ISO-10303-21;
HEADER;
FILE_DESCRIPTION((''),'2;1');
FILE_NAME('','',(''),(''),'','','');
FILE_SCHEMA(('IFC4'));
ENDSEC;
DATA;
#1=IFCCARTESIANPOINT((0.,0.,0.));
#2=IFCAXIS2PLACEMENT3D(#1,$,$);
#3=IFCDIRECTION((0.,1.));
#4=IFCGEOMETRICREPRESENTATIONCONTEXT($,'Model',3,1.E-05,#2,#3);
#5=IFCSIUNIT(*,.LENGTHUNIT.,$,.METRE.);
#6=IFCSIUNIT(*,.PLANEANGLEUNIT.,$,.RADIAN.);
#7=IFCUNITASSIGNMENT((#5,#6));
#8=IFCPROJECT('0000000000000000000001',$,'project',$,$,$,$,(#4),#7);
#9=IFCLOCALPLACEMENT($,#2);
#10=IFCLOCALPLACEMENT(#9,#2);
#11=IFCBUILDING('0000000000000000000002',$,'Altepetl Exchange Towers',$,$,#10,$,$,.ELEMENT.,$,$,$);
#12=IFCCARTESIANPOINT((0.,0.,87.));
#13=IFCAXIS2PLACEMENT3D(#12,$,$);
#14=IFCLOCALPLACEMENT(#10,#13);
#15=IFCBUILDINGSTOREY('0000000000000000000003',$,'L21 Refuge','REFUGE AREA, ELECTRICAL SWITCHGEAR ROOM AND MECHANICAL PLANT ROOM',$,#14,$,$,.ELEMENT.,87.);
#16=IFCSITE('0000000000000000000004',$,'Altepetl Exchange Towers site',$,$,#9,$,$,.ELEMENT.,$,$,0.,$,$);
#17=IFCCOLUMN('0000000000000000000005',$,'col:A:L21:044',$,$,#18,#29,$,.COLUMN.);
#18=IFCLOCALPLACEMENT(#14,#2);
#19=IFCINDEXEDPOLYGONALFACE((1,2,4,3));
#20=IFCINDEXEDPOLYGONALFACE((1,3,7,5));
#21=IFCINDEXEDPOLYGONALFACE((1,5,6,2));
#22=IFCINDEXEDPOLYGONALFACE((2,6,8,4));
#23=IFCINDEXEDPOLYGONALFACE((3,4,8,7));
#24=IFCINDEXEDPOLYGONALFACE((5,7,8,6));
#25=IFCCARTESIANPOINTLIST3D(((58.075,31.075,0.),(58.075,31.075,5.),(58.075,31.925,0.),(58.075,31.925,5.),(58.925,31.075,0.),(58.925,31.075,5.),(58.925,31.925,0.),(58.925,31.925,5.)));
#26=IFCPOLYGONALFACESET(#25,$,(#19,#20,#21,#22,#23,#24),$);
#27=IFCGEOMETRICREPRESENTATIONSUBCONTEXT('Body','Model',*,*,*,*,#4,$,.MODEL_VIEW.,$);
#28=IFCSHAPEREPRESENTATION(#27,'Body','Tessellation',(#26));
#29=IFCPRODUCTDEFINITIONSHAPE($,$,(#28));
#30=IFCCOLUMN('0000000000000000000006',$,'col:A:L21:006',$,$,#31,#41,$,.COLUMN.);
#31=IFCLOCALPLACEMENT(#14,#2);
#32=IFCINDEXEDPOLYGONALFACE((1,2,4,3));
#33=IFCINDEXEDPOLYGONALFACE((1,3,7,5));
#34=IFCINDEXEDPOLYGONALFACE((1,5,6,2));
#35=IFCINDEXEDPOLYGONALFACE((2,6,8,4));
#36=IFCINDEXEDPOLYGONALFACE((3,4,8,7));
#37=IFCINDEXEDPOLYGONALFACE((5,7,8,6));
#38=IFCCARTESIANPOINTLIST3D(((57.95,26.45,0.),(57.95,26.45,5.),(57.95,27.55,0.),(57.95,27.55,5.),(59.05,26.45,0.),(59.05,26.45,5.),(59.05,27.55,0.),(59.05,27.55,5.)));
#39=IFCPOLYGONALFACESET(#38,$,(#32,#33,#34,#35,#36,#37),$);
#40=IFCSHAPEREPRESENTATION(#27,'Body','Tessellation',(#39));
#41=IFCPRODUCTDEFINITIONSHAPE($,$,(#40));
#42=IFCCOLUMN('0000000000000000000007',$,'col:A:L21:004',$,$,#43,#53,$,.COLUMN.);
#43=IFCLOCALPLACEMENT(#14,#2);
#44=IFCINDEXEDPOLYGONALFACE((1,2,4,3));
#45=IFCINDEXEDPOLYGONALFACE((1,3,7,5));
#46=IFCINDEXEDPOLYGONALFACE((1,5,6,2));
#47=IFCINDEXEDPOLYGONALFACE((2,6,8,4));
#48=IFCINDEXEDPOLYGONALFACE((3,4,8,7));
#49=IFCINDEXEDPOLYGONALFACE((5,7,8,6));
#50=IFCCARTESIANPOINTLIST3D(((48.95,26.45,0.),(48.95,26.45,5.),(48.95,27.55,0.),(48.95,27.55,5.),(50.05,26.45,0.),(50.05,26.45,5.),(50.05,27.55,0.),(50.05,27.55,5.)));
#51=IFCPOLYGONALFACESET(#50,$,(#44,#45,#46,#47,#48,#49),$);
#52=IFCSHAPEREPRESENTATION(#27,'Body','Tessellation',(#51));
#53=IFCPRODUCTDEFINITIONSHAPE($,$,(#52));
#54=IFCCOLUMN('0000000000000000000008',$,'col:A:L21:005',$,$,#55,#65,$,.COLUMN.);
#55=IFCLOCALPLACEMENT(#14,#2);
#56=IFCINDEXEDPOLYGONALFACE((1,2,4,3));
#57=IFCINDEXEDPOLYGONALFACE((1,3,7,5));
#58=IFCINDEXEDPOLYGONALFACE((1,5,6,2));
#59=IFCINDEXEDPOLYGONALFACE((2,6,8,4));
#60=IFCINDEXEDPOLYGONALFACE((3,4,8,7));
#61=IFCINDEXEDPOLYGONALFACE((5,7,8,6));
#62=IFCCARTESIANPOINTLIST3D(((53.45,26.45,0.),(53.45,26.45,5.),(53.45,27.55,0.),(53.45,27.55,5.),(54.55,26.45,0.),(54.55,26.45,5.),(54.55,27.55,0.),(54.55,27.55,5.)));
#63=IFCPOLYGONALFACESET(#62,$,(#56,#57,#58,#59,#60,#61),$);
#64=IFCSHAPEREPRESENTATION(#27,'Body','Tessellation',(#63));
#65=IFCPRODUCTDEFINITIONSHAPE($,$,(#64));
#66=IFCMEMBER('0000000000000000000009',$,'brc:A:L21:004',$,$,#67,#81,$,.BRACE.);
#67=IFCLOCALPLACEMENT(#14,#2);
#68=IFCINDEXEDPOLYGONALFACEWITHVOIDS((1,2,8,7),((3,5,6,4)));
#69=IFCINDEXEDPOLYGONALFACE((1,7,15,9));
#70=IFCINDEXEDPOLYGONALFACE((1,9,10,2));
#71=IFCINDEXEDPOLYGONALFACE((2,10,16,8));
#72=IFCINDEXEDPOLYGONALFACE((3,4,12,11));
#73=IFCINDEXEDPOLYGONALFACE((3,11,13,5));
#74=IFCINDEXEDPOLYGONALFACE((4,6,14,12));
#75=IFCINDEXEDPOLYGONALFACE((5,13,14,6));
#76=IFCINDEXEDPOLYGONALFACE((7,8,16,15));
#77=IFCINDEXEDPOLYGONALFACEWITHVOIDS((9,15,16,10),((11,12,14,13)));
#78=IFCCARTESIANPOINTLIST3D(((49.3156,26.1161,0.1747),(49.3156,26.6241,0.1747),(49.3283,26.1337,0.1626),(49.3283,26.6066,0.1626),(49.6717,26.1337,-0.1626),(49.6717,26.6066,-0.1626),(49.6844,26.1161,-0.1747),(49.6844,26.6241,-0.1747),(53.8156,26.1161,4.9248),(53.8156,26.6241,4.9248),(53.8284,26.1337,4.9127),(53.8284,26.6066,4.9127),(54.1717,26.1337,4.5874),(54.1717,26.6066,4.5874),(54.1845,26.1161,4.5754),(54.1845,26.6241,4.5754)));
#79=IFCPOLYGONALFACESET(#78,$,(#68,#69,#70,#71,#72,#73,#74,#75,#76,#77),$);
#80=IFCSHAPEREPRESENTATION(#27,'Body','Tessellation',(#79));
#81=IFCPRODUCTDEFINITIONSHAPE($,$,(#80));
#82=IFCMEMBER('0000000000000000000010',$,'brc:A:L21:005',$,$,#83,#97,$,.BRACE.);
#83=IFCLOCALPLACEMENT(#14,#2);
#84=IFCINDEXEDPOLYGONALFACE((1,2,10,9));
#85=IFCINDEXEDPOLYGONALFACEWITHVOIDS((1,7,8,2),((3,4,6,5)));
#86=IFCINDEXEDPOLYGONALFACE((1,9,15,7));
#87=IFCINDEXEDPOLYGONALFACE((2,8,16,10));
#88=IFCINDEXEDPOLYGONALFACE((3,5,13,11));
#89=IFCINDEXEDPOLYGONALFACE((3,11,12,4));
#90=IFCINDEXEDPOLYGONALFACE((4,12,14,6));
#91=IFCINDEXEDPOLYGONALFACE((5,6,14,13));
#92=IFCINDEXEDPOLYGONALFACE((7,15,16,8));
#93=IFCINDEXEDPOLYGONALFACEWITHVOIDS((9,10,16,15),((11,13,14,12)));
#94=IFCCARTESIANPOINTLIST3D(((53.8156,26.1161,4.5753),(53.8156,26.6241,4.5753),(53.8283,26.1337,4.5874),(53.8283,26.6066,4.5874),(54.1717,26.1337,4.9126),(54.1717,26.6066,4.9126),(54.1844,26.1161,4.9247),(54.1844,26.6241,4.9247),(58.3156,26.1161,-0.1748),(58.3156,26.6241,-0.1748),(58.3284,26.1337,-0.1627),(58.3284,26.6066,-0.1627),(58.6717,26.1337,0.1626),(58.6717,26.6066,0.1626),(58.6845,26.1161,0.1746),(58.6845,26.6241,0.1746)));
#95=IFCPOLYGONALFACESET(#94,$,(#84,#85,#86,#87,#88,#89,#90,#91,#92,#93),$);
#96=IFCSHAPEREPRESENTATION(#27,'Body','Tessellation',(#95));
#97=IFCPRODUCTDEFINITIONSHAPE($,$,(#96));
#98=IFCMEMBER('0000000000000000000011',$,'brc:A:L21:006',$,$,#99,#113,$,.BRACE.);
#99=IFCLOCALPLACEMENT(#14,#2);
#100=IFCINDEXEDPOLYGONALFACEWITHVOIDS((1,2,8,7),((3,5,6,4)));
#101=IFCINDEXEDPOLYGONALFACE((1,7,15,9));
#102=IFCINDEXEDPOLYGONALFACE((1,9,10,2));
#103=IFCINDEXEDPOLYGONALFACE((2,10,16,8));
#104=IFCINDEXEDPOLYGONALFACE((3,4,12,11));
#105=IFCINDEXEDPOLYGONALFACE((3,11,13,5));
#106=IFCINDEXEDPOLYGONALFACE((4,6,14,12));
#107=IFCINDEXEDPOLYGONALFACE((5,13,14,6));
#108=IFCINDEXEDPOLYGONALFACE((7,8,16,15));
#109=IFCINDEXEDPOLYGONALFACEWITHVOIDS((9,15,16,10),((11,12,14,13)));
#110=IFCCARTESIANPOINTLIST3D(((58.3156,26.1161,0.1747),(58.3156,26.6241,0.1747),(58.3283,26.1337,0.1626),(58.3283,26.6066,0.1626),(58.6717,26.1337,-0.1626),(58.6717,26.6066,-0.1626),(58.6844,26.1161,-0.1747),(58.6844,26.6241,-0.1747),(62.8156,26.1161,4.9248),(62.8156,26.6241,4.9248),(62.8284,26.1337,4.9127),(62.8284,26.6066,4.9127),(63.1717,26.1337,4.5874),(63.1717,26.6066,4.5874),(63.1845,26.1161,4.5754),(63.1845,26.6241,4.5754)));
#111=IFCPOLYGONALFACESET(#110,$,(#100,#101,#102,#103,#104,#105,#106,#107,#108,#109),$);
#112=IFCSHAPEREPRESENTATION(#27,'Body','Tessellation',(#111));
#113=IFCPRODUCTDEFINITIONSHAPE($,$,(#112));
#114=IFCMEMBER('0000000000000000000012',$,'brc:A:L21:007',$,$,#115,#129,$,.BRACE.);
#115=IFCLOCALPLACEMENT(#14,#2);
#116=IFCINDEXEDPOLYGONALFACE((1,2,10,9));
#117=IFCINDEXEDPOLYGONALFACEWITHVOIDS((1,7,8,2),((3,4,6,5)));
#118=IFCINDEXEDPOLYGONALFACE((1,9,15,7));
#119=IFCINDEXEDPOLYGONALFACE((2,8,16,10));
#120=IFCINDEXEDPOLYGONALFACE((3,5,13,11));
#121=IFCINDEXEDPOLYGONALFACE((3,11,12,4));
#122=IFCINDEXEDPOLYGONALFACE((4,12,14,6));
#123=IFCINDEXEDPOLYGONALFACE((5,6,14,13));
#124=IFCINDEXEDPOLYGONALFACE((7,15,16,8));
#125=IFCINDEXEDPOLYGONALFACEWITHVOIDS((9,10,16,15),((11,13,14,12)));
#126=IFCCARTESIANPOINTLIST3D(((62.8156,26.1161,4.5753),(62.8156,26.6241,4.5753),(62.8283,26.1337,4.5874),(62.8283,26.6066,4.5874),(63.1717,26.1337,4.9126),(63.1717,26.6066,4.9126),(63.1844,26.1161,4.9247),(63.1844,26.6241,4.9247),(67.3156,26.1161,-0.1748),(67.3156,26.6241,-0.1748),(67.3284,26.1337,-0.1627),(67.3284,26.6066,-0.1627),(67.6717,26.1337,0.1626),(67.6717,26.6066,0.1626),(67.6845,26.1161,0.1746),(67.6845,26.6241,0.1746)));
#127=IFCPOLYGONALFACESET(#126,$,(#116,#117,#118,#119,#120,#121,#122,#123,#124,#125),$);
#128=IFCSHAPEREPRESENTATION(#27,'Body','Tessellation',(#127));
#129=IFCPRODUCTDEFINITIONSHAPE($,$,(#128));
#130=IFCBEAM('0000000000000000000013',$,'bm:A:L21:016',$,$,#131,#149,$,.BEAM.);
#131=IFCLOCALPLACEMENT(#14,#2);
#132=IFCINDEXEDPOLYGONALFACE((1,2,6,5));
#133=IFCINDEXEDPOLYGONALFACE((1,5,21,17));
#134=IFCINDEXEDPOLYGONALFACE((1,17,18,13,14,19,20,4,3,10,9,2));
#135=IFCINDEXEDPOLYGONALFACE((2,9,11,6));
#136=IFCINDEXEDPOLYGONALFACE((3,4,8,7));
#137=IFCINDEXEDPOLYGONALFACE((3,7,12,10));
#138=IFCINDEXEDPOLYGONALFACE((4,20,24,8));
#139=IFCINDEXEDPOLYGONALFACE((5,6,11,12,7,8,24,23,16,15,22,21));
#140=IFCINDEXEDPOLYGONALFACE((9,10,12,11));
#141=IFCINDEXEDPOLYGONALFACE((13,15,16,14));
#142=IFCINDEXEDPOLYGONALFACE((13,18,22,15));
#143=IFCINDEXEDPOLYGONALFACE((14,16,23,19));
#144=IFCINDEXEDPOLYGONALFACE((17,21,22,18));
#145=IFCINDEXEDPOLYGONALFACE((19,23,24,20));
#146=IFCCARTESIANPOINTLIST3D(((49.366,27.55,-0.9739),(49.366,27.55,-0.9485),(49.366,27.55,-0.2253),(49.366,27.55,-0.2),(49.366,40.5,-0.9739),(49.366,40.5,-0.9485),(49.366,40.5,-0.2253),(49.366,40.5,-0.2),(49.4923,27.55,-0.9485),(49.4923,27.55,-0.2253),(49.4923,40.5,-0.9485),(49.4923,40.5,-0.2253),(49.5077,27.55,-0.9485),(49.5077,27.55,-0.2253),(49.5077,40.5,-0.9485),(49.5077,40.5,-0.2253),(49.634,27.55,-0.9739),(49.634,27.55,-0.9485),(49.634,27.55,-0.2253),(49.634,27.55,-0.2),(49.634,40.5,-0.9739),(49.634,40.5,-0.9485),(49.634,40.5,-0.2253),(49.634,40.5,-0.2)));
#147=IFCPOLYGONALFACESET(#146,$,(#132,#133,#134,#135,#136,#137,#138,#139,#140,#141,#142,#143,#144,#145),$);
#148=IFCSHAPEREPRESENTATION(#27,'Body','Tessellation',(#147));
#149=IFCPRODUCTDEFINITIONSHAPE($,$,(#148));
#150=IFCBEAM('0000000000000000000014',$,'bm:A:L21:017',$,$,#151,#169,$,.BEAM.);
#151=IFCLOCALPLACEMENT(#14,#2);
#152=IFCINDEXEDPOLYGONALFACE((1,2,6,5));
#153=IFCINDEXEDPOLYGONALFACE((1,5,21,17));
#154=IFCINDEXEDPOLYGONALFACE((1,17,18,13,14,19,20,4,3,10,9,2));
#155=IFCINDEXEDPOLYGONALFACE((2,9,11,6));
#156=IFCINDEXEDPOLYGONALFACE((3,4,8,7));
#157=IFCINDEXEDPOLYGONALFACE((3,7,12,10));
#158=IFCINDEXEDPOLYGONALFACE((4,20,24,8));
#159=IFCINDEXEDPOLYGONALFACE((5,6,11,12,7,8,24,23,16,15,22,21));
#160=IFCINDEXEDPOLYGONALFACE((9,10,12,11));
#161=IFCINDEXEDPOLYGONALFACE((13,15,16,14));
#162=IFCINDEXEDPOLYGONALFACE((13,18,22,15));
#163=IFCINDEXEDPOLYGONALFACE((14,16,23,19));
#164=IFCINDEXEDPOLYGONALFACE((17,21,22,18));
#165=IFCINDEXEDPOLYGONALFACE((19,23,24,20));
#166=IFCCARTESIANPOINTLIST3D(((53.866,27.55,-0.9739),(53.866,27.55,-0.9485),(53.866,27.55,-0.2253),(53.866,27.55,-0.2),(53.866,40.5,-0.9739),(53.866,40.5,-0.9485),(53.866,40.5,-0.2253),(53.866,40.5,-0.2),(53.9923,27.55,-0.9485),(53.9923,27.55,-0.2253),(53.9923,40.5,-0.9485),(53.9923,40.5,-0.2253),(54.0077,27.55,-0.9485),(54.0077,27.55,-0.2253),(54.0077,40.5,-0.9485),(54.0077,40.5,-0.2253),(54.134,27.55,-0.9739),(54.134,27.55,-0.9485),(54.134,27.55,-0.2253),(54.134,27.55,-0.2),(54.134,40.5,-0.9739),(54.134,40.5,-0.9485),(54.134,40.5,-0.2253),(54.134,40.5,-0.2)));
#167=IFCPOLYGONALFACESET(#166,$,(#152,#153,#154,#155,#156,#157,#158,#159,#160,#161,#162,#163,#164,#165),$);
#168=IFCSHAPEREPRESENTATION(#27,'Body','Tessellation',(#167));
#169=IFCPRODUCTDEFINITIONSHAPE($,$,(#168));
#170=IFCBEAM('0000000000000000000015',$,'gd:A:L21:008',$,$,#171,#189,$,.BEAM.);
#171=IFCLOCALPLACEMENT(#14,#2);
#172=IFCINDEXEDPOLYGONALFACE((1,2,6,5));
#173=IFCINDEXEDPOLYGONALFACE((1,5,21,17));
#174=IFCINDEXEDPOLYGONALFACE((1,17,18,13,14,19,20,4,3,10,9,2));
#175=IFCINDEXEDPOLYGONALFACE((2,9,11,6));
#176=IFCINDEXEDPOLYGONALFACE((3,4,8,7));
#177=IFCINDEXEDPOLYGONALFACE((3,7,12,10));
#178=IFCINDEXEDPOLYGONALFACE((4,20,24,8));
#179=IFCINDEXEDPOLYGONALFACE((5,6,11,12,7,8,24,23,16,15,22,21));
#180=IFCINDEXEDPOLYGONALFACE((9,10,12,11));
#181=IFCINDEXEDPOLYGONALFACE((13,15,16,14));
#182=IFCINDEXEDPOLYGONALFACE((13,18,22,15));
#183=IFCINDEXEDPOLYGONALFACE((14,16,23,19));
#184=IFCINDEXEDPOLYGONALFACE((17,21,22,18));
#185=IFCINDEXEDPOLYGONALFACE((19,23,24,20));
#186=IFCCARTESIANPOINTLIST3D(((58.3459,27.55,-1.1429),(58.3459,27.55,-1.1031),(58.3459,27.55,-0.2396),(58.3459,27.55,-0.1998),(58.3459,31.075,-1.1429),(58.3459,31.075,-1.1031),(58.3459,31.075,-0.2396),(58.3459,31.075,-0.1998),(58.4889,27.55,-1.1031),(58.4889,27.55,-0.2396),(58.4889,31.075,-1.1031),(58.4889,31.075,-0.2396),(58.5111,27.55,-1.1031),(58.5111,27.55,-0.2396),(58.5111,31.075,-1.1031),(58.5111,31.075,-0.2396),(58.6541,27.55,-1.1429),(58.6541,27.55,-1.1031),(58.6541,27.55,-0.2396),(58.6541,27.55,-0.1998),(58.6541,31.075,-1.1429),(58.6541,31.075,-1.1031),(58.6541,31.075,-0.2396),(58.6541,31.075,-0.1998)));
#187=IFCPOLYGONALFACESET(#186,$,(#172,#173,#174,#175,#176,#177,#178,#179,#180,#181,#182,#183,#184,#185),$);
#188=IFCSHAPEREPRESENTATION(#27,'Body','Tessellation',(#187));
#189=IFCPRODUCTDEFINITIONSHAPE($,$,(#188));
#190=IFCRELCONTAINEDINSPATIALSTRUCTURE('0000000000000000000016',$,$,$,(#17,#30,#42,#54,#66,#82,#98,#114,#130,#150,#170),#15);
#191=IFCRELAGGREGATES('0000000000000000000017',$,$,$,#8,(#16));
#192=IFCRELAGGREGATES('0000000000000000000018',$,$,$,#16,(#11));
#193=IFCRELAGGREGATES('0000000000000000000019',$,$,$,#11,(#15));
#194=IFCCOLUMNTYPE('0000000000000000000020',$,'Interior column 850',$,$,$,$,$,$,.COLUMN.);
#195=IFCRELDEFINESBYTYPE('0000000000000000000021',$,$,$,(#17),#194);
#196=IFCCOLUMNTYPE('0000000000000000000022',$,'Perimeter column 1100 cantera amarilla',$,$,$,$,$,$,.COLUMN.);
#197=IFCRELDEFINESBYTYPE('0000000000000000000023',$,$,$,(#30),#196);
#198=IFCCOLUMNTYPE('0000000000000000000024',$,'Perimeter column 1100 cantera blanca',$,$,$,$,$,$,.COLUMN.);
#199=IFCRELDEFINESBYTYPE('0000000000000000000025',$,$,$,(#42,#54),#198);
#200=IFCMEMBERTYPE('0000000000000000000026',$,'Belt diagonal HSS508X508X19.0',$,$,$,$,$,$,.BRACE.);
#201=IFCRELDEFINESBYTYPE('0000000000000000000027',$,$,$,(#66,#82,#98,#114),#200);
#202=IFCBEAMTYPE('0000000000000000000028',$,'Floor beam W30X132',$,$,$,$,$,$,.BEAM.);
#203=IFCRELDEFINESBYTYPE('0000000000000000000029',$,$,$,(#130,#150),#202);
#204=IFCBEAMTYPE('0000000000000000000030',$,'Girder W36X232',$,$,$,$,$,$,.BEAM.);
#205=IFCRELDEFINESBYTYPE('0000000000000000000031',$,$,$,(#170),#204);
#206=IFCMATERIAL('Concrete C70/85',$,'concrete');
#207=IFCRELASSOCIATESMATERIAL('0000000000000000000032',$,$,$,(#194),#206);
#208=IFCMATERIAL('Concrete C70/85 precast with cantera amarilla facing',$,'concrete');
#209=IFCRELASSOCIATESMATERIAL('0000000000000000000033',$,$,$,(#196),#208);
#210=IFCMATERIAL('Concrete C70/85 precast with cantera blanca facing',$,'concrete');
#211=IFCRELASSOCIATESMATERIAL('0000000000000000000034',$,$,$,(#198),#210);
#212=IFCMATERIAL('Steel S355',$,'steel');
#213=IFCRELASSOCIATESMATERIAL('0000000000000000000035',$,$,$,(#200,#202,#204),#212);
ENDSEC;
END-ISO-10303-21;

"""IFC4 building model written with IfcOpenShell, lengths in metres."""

from ifc_helpers import new_model, si_unit, direction, frame, origin, origin_2d, place, context, subcontext, project, spatial, rectangle, hollow_rectangle, i_section, extrude, material, material_profile, profile_set, type_object, element, save


model = new_model("IFC4")

# Units and contexts
model_context = context("Model", 3, precision=1e-05, world=origin(), true_north=direction((0.0, 1.0)))
body_context = subcontext(model_context, "Body", "Model", "MODEL_VIEW")
ifc_project = project(units=[si_unit("LENGTHUNIT", "METRE"), si_unit("PLANEANGLEUNIT", "RADIAN")], contexts=[model_context])

# Site, building, storey
site_placement = place(None, origin())
site = spatial("IfcSite", under=ifc_project, at=site_placement, Name="Altepetl Exchange Towers site", CompositionType="ELEMENT", RefElevation=0.0)
building_placement = place(site_placement, origin())
building = spatial("IfcBuilding", under=site, at=building_placement, Name="Altepetl Exchange Towers", CompositionType="ELEMENT")
storey_placement = place(building_placement, frame((0.0, 0.0, 87.0)))
storey = spatial("IfcBuildingStorey", under=building, at=storey_placement, Name="L21 Refuge", Description="REFUGE AREA, ELECTRICAL SWITCHGEAR ROOM AND MECHANICAL PLANT ROOM", CompositionType="ELEMENT", Elevation=87.0)

# Columns
ifc_material_1 = material(Name="Concrete C70/85", Category="concrete")
ifc_material_profile_1 = material_profile(ifc_material_1, rectangle(XDim=0.8501, YDim=0.8501, at=origin_2d()), Name="850 x 850")
ifc_profile_set_1 = profile_set([ifc_material_profile_1], Name="Concrete C70/85")
column_type_1 = type_object("IfcColumnType", Name="Interior column 850", PredefinedType="COLUMN", material=ifc_profile_set_1)
column_1_placement = place(storey_placement, frame((58.5, 31.5, 0.0)))
element("IfcColumn", 1, at=column_1_placement, inside=storey, type_object=column_type_1, Name="col:A:L21:044", PredefinedType="COLUMN", context=body_context, shape_type="SweptSolid", body=[
    extrude(rectangle(XDim=0.8501, YDim=0.8501, at=origin_2d()), origin(), (0.0, 0.0, 1.0), 5.0),
])
ifc_material_2 = material(Name="Concrete C70/85 precast with cantera amarilla facing", Category="concrete")
ifc_material_profile_2 = material_profile(ifc_material_2, rectangle(XDim=1.1001, YDim=1.1001, at=origin_2d()), Name="1100 x 1100")
ifc_profile_set_2 = profile_set([ifc_material_profile_2], Name="Concrete C70/85 precast with cantera amarilla facing")
column_type_2 = type_object("IfcColumnType", Name="Perimeter column 1100 cantera amarilla", PredefinedType="COLUMN", material=ifc_profile_set_2)
column_2_placement = place(storey_placement, frame((58.5, 27.0, 0.0)))
element("IfcColumn", 2, at=column_2_placement, inside=storey, type_object=column_type_2, Name="col:A:L21:006", PredefinedType="COLUMN", context=body_context, shape_type="SweptSolid", body=[
    extrude(rectangle(XDim=1.1001, YDim=1.1001, at=origin_2d()), origin(), (0.0, 0.0, 1.0), 5.0),
])
ifc_material_3 = material(Name="Concrete C70/85 precast with cantera blanca facing", Category="concrete")
ifc_material_profile_3 = material_profile(ifc_material_3, rectangle(XDim=1.1001, YDim=1.1001, at=origin_2d()), Name="1100 x 1100")
ifc_profile_set_3 = profile_set([ifc_material_profile_3], Name="Concrete C70/85 precast with cantera blanca facing")
column_type_3 = type_object("IfcColumnType", Name="Perimeter column 1100 cantera blanca", PredefinedType="COLUMN", material=ifc_profile_set_3)
for number, where, name in (
    (3, (49.5, 27.0, 0.0), "col:A:L21:004"),
    (4, (54.0, 27.0, 0.0), "col:A:L21:005"),
):
    element("IfcColumn", number, at=place(storey_placement, frame(where)), inside=storey, type_object=column_type_3, Name=name, PredefinedType="COLUMN", context=body_context, shape_type="SweptSolid", body=[
        extrude(rectangle(XDim=1.1001, YDim=1.1001, at=origin_2d()), origin(), (0.0, 0.0, 1.0), 5.0),
    ])

# Members
ifc_material_4 = material(Name="Steel S355", Category="steel")
ifc_material_profile_4 = material_profile(ifc_material_4, hollow_rectangle(XDim=0.5081, YDim=0.5081, WallThickness=0.0176, at=origin_2d()), Name="HSS508X508X19.0")
ifc_profile_set_4 = profile_set([ifc_material_profile_4], Name="Steel S355")
member_type_1 = type_object("IfcMemberType", Name="Belt diagonal HSS508X508X19.0", PredefinedType="BRACE", material=ifc_profile_set_4)
for number, where, z_axis, x_axis, name in (
    (5, (49.5, 26.3701, 0.0), (0.687745, 0.0, 0.725953), (0.0, 1.0, 0.0), "brc:A:L21:004"),
    (6, (54.0, 26.3701, 4.75), (0.687745, 0.0, -0.725953), (0.0, 1.0, 0.0), "brc:A:L21:005"),
    (7, (58.5, 26.3701, 0.0), (0.687745, 0.0, 0.725953), (0.0, 1.0, 0.0), "brc:A:L21:006"),
    (8, (63.0, 26.3701, 4.75), (0.687745, 0.0, -0.725953), (0.0, 1.0, 0.0), "brc:A:L21:007"),
):
    element("IfcMember", number, at=place(storey_placement, frame(where, z_axis=z_axis, x_axis=x_axis)), inside=storey, type_object=member_type_1, Name=name, PredefinedType="BRACE", context=body_context, shape_type="SweptSolid", body=[
        extrude(hollow_rectangle(XDim=0.5081, YDim=0.5081, WallThickness=0.0176, at=origin_2d()), origin(), (0.0, 0.0, 1.0), 6.5432),
    ])

# Beams
ifc_material_profile_5 = material_profile(ifc_material_4, i_section(OverallWidth=0.2681, OverallDepth=0.7739, WebThickness=0.0154, FlangeThickness=0.0254, at=origin_2d()), Name="W30X132")
ifc_profile_set_5 = profile_set([ifc_material_profile_5], Name="Steel S355")
beam_type_1 = type_object("IfcBeamType", Name="Floor beam W30X132", PredefinedType="BEAM", material=ifc_profile_set_5)
for number, where, z_axis, x_axis, name in (
    (9, (49.5, 27.55, -0.5869), (0.0, 1.0, 0.0), (-1.0, 0.0, 0.0), "bm:A:L21:016"),
    (10, (54.0, 27.55, -0.5869), (0.0, 1.0, 0.0), (-1.0, 0.0, 0.0), "bm:A:L21:017"),
):
    element("IfcBeam", number, at=place(storey_placement, frame(where, z_axis=z_axis, x_axis=x_axis)), inside=storey, type_object=beam_type_1, Name=name, PredefinedType="BEAM", context=body_context, shape_type="SweptSolid", body=[
        extrude(i_section(OverallWidth=0.2681, OverallDepth=0.7739, WebThickness=0.0154, FlangeThickness=0.0254, at=origin_2d()), origin(), (0.0, 0.0, 1.0), 12.95),
    ])
ifc_material_profile_6 = material_profile(ifc_material_4, i_section(OverallWidth=0.3081, OverallDepth=0.9431, WebThickness=0.0222, FlangeThickness=0.0398, at=origin_2d()), Name="W36X232")
ifc_profile_set_6 = profile_set([ifc_material_profile_6], Name="Steel S355")
beam_type_2 = type_object("IfcBeamType", Name="Girder W36X232", PredefinedType="BEAM", material=ifc_profile_set_6)
beam_1_placement = place(storey_placement, frame((58.5, 31.075, -0.6714), z_axis=(0.0, -1.0, 0.0), x_axis=(1.0, 0.0, 0.0)))
element("IfcBeam", 11, at=beam_1_placement, inside=storey, type_object=beam_type_2, Name="gd:A:L21:008", PredefinedType="BEAM", context=body_context, shape_type="SweptSolid", body=[
    extrude(i_section(OverallWidth=0.3081, OverallDepth=0.9431, WebThickness=0.0222, FlangeThickness=0.0398, at=origin_2d()), origin(), (0.0, 0.0, 1.0), 3.5249),
])

save(model, "model.ifc")
